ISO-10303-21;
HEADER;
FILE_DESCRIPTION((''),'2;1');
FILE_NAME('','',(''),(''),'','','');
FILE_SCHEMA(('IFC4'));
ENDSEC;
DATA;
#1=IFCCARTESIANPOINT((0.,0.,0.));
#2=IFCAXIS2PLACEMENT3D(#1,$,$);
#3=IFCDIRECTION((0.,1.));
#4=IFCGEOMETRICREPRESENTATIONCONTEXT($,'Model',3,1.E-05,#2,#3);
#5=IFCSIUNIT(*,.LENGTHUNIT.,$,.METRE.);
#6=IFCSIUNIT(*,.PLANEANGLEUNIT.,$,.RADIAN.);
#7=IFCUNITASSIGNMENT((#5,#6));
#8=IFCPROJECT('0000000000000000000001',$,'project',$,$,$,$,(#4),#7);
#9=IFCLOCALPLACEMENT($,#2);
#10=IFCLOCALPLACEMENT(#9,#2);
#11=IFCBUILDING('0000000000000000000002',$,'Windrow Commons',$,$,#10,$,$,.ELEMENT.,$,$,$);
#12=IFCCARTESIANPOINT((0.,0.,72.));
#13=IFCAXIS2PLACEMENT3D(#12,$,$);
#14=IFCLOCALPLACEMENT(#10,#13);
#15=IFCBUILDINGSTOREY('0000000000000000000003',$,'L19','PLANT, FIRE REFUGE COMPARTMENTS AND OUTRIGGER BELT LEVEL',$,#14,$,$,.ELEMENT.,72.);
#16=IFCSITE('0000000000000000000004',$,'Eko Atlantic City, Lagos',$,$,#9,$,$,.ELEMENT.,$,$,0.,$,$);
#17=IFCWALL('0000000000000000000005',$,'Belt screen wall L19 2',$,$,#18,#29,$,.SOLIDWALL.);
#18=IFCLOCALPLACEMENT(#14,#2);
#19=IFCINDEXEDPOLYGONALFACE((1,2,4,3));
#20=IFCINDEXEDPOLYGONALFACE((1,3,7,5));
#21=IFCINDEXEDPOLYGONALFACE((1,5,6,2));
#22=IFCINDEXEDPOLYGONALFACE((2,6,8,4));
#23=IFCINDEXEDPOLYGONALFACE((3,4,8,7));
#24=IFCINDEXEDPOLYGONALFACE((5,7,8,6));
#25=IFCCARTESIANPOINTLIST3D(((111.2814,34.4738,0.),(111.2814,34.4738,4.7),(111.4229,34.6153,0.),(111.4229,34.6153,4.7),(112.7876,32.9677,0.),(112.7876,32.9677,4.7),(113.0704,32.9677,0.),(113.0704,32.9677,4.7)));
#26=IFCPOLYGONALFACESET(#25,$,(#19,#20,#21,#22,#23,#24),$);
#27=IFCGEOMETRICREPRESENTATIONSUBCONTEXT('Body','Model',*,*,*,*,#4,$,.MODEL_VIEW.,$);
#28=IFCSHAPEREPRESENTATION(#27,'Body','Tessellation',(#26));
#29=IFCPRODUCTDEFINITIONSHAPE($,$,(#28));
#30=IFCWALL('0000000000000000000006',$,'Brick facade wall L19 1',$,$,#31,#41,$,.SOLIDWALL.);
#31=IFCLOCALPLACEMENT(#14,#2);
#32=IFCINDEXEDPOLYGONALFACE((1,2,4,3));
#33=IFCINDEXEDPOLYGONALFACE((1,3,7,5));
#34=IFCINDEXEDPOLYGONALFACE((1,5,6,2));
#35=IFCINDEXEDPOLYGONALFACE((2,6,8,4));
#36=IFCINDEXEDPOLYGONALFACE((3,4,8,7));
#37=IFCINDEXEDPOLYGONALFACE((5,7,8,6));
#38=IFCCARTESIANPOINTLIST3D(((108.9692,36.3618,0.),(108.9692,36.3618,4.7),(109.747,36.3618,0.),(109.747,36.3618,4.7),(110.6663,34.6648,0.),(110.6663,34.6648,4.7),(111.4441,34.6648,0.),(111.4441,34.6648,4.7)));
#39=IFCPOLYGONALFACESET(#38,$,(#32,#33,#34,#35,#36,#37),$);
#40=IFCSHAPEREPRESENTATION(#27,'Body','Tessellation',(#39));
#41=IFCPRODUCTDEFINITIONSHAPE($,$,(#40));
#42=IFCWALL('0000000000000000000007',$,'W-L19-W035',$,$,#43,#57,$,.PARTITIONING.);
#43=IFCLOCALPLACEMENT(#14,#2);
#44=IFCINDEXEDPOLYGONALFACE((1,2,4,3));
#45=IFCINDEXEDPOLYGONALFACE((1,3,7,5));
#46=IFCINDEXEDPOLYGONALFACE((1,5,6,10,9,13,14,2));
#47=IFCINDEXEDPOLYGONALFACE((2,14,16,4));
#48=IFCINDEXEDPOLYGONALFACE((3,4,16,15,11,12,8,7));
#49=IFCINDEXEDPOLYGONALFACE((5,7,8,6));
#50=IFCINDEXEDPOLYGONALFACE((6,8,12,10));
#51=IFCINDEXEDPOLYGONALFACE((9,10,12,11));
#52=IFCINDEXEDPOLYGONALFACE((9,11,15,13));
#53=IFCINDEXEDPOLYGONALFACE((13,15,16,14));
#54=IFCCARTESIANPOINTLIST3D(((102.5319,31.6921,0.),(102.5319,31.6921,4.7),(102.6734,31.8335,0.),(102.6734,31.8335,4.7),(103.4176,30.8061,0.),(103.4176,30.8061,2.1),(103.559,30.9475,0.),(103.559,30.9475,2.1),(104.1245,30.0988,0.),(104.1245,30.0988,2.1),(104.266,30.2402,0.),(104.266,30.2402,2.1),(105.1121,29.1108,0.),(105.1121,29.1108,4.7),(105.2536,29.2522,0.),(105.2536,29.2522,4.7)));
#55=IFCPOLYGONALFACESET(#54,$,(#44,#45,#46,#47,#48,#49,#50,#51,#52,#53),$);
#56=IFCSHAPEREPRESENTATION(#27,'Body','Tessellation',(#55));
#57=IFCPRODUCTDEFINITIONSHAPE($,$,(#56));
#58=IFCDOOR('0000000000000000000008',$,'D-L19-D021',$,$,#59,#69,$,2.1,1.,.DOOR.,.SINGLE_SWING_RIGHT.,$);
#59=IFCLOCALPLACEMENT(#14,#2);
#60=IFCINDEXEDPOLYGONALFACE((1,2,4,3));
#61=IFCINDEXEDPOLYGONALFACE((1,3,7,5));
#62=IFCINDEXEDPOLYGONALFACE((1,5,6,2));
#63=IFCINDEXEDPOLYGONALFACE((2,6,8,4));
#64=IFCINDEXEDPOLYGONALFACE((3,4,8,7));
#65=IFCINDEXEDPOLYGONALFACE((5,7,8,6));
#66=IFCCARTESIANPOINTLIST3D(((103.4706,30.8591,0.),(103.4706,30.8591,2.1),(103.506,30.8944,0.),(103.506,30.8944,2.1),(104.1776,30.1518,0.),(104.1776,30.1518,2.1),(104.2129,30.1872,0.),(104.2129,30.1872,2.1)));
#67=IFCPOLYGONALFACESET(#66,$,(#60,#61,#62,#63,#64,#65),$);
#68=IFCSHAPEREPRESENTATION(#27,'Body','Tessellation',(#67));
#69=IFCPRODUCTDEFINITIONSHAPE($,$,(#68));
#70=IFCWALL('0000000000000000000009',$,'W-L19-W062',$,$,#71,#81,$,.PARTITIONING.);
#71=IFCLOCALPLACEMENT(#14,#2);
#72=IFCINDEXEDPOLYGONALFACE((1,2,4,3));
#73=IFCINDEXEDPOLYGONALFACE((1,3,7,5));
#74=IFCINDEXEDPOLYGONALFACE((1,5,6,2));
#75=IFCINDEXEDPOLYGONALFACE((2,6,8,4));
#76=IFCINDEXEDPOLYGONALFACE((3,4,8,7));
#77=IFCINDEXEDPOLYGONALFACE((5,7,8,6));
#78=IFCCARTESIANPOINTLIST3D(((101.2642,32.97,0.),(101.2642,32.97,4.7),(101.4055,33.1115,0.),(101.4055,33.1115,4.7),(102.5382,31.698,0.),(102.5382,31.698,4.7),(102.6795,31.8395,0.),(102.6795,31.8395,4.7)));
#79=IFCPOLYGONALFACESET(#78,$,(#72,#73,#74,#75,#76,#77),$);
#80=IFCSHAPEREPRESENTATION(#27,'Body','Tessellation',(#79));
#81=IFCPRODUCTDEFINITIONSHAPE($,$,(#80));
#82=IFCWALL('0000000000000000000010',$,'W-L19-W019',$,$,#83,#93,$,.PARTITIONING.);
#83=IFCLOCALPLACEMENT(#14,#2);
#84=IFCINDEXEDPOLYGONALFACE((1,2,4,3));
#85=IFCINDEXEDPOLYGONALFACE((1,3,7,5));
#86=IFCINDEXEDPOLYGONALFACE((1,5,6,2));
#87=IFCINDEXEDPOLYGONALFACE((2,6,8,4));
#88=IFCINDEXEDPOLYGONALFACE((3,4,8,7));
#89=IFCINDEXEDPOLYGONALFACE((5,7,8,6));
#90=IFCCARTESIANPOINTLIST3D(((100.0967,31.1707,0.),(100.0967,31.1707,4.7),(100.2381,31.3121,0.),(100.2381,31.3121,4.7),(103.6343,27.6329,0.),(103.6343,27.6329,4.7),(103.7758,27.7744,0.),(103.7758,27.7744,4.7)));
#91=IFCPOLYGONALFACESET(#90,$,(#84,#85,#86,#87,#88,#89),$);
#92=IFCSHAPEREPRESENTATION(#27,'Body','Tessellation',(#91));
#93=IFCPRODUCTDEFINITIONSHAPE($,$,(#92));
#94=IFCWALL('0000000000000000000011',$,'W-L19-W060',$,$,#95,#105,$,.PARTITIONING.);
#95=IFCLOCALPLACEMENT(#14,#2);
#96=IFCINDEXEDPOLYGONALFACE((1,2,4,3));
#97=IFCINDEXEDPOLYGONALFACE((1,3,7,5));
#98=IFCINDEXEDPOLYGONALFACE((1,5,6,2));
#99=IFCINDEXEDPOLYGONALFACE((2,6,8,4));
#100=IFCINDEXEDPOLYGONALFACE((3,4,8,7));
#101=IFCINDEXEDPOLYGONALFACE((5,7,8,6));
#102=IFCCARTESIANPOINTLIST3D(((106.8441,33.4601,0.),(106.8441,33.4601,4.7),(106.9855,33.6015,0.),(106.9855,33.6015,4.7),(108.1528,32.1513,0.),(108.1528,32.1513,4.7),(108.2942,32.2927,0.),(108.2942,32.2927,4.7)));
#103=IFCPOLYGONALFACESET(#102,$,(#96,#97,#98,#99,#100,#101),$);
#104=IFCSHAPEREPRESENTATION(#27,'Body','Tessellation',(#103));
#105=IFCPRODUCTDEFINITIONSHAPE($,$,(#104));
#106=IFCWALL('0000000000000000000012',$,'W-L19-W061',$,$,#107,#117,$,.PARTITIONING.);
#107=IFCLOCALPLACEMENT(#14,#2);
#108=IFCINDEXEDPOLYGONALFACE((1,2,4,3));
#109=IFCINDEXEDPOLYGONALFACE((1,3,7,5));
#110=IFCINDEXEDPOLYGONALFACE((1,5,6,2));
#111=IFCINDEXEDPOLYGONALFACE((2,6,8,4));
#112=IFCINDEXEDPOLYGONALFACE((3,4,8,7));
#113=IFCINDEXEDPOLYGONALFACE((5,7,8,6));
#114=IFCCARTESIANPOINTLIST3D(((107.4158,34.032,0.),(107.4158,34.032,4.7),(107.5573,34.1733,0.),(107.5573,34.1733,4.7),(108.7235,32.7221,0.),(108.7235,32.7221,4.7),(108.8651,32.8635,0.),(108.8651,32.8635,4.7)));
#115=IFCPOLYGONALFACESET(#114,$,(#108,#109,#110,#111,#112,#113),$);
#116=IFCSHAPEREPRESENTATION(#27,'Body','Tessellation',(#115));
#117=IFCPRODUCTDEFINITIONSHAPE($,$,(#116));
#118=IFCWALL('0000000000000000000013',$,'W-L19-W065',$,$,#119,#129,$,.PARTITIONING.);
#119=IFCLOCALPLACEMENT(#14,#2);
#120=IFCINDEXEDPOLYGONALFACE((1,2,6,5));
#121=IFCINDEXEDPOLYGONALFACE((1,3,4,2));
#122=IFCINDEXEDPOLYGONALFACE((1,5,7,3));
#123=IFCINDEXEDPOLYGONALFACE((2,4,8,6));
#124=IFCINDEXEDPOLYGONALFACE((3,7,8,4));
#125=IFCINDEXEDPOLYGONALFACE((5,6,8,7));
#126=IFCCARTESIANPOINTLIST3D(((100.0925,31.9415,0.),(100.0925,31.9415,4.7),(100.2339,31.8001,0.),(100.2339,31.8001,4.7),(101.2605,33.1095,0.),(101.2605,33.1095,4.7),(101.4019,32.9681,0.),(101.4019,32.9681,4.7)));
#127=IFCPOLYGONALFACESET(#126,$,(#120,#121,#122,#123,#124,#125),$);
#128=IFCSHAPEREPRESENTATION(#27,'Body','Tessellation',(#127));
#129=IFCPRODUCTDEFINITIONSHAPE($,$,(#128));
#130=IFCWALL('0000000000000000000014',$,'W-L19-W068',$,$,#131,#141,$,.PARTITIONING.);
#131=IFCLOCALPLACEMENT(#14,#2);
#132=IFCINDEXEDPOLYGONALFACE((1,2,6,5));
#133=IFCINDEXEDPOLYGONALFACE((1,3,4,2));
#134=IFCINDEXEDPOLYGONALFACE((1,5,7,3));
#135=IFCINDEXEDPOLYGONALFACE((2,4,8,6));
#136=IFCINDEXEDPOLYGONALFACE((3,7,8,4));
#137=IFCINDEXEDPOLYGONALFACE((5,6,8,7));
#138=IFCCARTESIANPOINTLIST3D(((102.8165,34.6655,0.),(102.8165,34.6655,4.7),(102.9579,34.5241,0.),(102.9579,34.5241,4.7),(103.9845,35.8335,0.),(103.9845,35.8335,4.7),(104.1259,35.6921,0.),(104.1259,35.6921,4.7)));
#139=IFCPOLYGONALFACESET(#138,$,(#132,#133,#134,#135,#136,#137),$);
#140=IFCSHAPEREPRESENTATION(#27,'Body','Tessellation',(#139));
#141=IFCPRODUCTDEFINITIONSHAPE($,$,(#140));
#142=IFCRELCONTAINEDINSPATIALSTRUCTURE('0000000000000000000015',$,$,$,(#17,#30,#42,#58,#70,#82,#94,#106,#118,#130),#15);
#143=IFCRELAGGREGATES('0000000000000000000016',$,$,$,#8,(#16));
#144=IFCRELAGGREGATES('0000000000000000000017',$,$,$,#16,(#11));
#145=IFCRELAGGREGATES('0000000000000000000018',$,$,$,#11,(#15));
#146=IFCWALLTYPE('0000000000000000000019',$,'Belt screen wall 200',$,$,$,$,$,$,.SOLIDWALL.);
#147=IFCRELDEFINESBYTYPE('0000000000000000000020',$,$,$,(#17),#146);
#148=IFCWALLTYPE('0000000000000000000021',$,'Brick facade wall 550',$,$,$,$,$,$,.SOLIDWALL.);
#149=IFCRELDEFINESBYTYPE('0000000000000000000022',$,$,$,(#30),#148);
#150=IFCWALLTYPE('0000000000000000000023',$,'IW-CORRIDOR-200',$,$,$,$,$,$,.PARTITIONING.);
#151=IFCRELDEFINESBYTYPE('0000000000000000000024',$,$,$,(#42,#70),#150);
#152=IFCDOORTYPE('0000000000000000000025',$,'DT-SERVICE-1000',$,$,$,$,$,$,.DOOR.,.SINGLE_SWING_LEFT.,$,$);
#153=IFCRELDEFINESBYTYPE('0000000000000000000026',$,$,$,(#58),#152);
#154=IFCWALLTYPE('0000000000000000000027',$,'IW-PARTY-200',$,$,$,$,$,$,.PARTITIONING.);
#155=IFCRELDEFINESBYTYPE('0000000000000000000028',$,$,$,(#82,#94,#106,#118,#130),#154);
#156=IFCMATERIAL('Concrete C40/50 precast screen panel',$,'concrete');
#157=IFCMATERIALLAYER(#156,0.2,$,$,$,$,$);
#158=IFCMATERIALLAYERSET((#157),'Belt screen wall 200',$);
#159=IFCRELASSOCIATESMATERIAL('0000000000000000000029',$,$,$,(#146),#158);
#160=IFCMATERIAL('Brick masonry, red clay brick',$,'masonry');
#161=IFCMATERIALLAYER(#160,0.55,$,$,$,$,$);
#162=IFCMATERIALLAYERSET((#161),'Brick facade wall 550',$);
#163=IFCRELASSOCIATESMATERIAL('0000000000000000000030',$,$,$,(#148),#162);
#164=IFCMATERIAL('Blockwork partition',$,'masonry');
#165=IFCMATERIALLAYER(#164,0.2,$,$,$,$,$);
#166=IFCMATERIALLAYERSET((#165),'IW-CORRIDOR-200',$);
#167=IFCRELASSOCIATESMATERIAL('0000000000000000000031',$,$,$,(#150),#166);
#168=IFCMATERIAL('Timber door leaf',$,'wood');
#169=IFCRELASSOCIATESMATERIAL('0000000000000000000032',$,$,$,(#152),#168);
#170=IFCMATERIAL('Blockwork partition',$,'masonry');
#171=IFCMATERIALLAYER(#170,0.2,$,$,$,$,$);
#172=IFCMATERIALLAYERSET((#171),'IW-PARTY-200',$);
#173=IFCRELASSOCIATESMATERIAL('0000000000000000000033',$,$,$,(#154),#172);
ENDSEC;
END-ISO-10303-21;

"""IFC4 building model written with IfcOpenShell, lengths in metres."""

from ifc_helpers import new_model, si_unit, direction, frame, frame_2d, origin, place, context, subcontext, project, spatial, polyline, rectangle, outline, extrude, material, layer, layer_set, type_object, element, fill, save


model = new_model("IFC4")

# Units and contexts
model_context = context("Model", 3, precision=1e-05, world=origin(), true_north=direction((0.0, 1.0)))
body_context = subcontext(model_context, "Body", "Model", "MODEL_VIEW")
ifc_project = project(units=[si_unit("LENGTHUNIT", "METRE"), si_unit("PLANEANGLEUNIT", "RADIAN")], contexts=[model_context])

# Site, building, storey
site_placement = place(None, origin())
site = spatial("IfcSite", under=ifc_project, at=site_placement, Name="Eko Atlantic City, Lagos", CompositionType="ELEMENT", RefElevation=0.0)
building_placement = place(site_placement, origin())
building = spatial("IfcBuilding", under=site, at=building_placement, Name="Windrow Commons", CompositionType="ELEMENT")
storey_placement = place(building_placement, frame((0.0, 0.0, 72.0)))
storey = spatial("IfcBuildingStorey", under=building, at=storey_placement, Name="L19", Description="PLANT, FIRE REFUGE COMPARTMENTS AND OUTRIGGER BELT LEVEL", CompositionType="ELEMENT", Elevation=72.0)

# Walls
ifc_material_1 = material(Name="Concrete C40/50 precast screen panel", Category="concrete")
ifc_layer_1 = layer(ifc_material_1, 0.2)
ifc_layer_set_1 = layer_set([ifc_layer_1], Name="Belt screen wall 200")
wall_type_1 = type_object("IfcWallType", Name="Belt screen wall 200", PredefinedType="SOLIDWALL", material=ifc_layer_set_1)
wall_1_placement = place(storey_placement, frame((112.929, 32.9677, 0.0), z_axis=(0.0, 0.0, 1.0), x_axis=(-0.707107, 0.707107, 0.0)))
element("IfcWall", 1, at=wall_1_placement, inside=storey, type_object=wall_type_1, Name="Belt screen wall L19 2", PredefinedType="SOLIDWALL", context=body_context, shape_type="SweptSolid", body=[
    extrude(outline(polyline([(-0.1, -0.1), (2.23, -0.1), (2.23, 0.1), (0.1, 0.1), (-0.1, -0.1)])), origin(), (0.0, 0.0, 1.0), 4.7),
])
ifc_material_2 = material(Name="Brick masonry, red clay brick", Category="masonry")
ifc_layer_2 = layer(ifc_material_2, 0.55)
ifc_layer_set_2 = layer_set([ifc_layer_2], Name="Brick facade wall 550")
wall_type_2 = type_object("IfcWallType", Name="Brick facade wall 550", PredefinedType="SOLIDWALL", material=ifc_layer_set_2)
wall_2_placement = place(storey_placement, frame((111.0552, 34.6648, 0.0), z_axis=(0.0, 0.0, 1.0), x_axis=(-0.707128, 0.707086, 0.0)))
element("IfcWall", 2, at=wall_2_placement, inside=storey, type_object=wall_type_2, Name="Brick facade wall L19 1", PredefinedType="SOLIDWALL", context=body_context, shape_type="SweptSolid", body=[
    extrude(outline(polyline([(-0.275, -0.275), (2.125, -0.275), (2.675, 0.275), (0.275, 0.275), (-0.275, -0.275)])), origin(), (0.0, 0.0, 1.0), 4.7),
])

# Wall, opening, door
ifc_material_3 = material(Name="Blockwork partition", Category="masonry")
ifc_layer_3 = layer(ifc_material_3, 0.2)
ifc_layer_set_3 = layer_set([ifc_layer_3], Name="IW-CORRIDOR-200")
wall_type_3 = type_object("IfcWallType", Name="IW-CORRIDOR-200", PredefinedType="PARTITIONING", material=ifc_layer_set_3)
wall_3_placement = place(storey_placement, frame((105.1829, 29.1815, 0.0), z_axis=(0.0, 0.0, 1.0), x_axis=(-0.70697, 0.707244, 0.0)))
wall_3 = element("IfcWall", 3, at=wall_3_placement, inside=storey, type_object=wall_type_3, Name="W-L19-W035", PredefinedType="PARTITIONING", context=body_context, shape_type="SweptSolid", body=[
    extrude(rectangle(XDim=3.6497, YDim=0.2, at=frame_2d((1.8249, 0.0))), origin(), (0.0, 0.0, 1.0), 4.7),
])
opening_placement = place(wall_3_placement, frame((1.397, 0.0, 0.0)))
opening = element("IfcOpeningElement", 4, at=opening_placement, cuts=wall_3, PredefinedType="OPENING", context=body_context, shape_type="SweptSolid", body=[
    extrude(rectangle(XDim=1.0, YDim=2.1, at=frame_2d((0.5, 1.05))), frame((0.0, 0.11, 0.0), z_axis=(0.0, -1.0, 0.0), x_axis=(1.0, 0.0, 0.0)), (0.0, 0.0, 1.0), 0.22),
])
ifc_material_4 = material(Name="Timber door leaf", Category="wood")
door_type = type_object("IfcDoorType", Name="DT-SERVICE-1000", OperationType="SINGLE_SWING_LEFT", PredefinedType="DOOR", material=ifc_material_4)
door_placement = place(opening_placement, origin())
door = element("IfcDoor", 5, at=door_placement, inside=storey, type_object=door_type, Name="D-L19-D021", OperationType="SINGLE_SWING_RIGHT", OverallHeight=2.1, OverallWidth=1.0, PredefinedType="DOOR", context=body_context, shape_type="SweptSolid", body=[
    extrude(rectangle(XDim=1.0, YDim=2.1, at=frame_2d((0.5, 1.05))), frame((0.0, 0.025, 0.0), z_axis=(0.0, -1.0, 0.0), x_axis=(1.0, 0.0, 0.0)), (0.0, 0.0, 1.0), 0.05),
])
fill(opening, door)

# Walls
wall_4_placement = place(storey_placement, frame((101.3348, 33.0408, 0.0), z_axis=(0.0, 0.0, 1.0), x_axis=(0.707662, -0.706551, 0.0)))
element("IfcWall", 6, at=wall_4_placement, inside=storey, type_object=wall_type_3, Name="W-L19-W062", PredefinedType="PARTITIONING", context=body_context, shape_type="SweptSolid", body=[
    extrude(rectangle(XDim=1.8003, YDim=0.2, at=frame_2d((0.9002, 0.0))), origin(), (0.0, 0.0, 1.0), 4.7),
])
ifc_material_5 = material(Name="Blockwork partition", Category="masonry")
ifc_layer_4 = layer(ifc_material_5, 0.2)
ifc_layer_set_4 = layer_set([ifc_layer_4], Name="IW-PARTY-200")
wall_type_4 = type_object("IfcWallType", Name="IW-PARTY-200", PredefinedType="PARTITIONING", material=ifc_layer_set_4)
wall_5_placement = place(storey_placement, frame((100.1674, 31.2414, 0.0), z_axis=(0.0, 0.0, 1.0), x_axis=(0.707097, -0.707117, 0.0)))
element("IfcWall", 7, at=wall_5_placement, inside=storey, type_object=wall_type_4, Name="W-L19-W019", PredefinedType="PARTITIONING", context=body_context, shape_type="SweptSolid", body=[
    extrude(rectangle(XDim=5.0031, YDim=0.2, at=frame_2d((2.5015, 0.0))), origin(), (0.0, 0.0, 1.0), 4.7),
])
for number, where, z_axis, x_axis, name in (
    (8, (106.9148, 33.5308, 0.0), (0.0, 0.0, 1.0), (0.70708, -0.707134, 0.0), "W-L19-W060"),
    (9, (107.4866, 34.1026, 0.0), (0.0, 0.0, 1.0), (0.706539, -0.707674, 0.0), "W-L19-W061"),
):
    element("IfcWall", number, at=place(storey_placement, frame(where, z_axis=z_axis, x_axis=x_axis)), inside=storey, type_object=wall_type_4, Name=name, PredefinedType="PARTITIONING", context=body_context, shape_type="SweptSolid", body=[
        extrude(rectangle(XDim=1.8509, YDim=0.2, at=frame_2d((0.9254, 0.0))), origin(), (0.0, 0.0, 1.0), 4.7),
    ])
for number, where, z_axis, x_axis, name in (
    (10, (100.1632, 31.8708, 0.0), (0.0, 0.0, 1.0), (0.707107, 0.707107, 0.0), "W-L19-W065"),
    (11, (102.8872, 34.5948, 0.0), (0.0, 0.0, 1.0), (0.707107, 0.707107, 0.0), "W-L19-W068"),
):
    element("IfcWall", number, at=place(storey_placement, frame(where, z_axis=z_axis, x_axis=x_axis)), inside=storey, type_object=wall_type_4, Name=name, PredefinedType="PARTITIONING", context=body_context, shape_type="SweptSolid", body=[
        extrude(rectangle(XDim=1.6518, YDim=0.2, at=frame_2d((0.8259, 0.0))), origin(), (0.0, 0.0, 1.0), 4.7),
    ])

save(model, "model.ifc")
